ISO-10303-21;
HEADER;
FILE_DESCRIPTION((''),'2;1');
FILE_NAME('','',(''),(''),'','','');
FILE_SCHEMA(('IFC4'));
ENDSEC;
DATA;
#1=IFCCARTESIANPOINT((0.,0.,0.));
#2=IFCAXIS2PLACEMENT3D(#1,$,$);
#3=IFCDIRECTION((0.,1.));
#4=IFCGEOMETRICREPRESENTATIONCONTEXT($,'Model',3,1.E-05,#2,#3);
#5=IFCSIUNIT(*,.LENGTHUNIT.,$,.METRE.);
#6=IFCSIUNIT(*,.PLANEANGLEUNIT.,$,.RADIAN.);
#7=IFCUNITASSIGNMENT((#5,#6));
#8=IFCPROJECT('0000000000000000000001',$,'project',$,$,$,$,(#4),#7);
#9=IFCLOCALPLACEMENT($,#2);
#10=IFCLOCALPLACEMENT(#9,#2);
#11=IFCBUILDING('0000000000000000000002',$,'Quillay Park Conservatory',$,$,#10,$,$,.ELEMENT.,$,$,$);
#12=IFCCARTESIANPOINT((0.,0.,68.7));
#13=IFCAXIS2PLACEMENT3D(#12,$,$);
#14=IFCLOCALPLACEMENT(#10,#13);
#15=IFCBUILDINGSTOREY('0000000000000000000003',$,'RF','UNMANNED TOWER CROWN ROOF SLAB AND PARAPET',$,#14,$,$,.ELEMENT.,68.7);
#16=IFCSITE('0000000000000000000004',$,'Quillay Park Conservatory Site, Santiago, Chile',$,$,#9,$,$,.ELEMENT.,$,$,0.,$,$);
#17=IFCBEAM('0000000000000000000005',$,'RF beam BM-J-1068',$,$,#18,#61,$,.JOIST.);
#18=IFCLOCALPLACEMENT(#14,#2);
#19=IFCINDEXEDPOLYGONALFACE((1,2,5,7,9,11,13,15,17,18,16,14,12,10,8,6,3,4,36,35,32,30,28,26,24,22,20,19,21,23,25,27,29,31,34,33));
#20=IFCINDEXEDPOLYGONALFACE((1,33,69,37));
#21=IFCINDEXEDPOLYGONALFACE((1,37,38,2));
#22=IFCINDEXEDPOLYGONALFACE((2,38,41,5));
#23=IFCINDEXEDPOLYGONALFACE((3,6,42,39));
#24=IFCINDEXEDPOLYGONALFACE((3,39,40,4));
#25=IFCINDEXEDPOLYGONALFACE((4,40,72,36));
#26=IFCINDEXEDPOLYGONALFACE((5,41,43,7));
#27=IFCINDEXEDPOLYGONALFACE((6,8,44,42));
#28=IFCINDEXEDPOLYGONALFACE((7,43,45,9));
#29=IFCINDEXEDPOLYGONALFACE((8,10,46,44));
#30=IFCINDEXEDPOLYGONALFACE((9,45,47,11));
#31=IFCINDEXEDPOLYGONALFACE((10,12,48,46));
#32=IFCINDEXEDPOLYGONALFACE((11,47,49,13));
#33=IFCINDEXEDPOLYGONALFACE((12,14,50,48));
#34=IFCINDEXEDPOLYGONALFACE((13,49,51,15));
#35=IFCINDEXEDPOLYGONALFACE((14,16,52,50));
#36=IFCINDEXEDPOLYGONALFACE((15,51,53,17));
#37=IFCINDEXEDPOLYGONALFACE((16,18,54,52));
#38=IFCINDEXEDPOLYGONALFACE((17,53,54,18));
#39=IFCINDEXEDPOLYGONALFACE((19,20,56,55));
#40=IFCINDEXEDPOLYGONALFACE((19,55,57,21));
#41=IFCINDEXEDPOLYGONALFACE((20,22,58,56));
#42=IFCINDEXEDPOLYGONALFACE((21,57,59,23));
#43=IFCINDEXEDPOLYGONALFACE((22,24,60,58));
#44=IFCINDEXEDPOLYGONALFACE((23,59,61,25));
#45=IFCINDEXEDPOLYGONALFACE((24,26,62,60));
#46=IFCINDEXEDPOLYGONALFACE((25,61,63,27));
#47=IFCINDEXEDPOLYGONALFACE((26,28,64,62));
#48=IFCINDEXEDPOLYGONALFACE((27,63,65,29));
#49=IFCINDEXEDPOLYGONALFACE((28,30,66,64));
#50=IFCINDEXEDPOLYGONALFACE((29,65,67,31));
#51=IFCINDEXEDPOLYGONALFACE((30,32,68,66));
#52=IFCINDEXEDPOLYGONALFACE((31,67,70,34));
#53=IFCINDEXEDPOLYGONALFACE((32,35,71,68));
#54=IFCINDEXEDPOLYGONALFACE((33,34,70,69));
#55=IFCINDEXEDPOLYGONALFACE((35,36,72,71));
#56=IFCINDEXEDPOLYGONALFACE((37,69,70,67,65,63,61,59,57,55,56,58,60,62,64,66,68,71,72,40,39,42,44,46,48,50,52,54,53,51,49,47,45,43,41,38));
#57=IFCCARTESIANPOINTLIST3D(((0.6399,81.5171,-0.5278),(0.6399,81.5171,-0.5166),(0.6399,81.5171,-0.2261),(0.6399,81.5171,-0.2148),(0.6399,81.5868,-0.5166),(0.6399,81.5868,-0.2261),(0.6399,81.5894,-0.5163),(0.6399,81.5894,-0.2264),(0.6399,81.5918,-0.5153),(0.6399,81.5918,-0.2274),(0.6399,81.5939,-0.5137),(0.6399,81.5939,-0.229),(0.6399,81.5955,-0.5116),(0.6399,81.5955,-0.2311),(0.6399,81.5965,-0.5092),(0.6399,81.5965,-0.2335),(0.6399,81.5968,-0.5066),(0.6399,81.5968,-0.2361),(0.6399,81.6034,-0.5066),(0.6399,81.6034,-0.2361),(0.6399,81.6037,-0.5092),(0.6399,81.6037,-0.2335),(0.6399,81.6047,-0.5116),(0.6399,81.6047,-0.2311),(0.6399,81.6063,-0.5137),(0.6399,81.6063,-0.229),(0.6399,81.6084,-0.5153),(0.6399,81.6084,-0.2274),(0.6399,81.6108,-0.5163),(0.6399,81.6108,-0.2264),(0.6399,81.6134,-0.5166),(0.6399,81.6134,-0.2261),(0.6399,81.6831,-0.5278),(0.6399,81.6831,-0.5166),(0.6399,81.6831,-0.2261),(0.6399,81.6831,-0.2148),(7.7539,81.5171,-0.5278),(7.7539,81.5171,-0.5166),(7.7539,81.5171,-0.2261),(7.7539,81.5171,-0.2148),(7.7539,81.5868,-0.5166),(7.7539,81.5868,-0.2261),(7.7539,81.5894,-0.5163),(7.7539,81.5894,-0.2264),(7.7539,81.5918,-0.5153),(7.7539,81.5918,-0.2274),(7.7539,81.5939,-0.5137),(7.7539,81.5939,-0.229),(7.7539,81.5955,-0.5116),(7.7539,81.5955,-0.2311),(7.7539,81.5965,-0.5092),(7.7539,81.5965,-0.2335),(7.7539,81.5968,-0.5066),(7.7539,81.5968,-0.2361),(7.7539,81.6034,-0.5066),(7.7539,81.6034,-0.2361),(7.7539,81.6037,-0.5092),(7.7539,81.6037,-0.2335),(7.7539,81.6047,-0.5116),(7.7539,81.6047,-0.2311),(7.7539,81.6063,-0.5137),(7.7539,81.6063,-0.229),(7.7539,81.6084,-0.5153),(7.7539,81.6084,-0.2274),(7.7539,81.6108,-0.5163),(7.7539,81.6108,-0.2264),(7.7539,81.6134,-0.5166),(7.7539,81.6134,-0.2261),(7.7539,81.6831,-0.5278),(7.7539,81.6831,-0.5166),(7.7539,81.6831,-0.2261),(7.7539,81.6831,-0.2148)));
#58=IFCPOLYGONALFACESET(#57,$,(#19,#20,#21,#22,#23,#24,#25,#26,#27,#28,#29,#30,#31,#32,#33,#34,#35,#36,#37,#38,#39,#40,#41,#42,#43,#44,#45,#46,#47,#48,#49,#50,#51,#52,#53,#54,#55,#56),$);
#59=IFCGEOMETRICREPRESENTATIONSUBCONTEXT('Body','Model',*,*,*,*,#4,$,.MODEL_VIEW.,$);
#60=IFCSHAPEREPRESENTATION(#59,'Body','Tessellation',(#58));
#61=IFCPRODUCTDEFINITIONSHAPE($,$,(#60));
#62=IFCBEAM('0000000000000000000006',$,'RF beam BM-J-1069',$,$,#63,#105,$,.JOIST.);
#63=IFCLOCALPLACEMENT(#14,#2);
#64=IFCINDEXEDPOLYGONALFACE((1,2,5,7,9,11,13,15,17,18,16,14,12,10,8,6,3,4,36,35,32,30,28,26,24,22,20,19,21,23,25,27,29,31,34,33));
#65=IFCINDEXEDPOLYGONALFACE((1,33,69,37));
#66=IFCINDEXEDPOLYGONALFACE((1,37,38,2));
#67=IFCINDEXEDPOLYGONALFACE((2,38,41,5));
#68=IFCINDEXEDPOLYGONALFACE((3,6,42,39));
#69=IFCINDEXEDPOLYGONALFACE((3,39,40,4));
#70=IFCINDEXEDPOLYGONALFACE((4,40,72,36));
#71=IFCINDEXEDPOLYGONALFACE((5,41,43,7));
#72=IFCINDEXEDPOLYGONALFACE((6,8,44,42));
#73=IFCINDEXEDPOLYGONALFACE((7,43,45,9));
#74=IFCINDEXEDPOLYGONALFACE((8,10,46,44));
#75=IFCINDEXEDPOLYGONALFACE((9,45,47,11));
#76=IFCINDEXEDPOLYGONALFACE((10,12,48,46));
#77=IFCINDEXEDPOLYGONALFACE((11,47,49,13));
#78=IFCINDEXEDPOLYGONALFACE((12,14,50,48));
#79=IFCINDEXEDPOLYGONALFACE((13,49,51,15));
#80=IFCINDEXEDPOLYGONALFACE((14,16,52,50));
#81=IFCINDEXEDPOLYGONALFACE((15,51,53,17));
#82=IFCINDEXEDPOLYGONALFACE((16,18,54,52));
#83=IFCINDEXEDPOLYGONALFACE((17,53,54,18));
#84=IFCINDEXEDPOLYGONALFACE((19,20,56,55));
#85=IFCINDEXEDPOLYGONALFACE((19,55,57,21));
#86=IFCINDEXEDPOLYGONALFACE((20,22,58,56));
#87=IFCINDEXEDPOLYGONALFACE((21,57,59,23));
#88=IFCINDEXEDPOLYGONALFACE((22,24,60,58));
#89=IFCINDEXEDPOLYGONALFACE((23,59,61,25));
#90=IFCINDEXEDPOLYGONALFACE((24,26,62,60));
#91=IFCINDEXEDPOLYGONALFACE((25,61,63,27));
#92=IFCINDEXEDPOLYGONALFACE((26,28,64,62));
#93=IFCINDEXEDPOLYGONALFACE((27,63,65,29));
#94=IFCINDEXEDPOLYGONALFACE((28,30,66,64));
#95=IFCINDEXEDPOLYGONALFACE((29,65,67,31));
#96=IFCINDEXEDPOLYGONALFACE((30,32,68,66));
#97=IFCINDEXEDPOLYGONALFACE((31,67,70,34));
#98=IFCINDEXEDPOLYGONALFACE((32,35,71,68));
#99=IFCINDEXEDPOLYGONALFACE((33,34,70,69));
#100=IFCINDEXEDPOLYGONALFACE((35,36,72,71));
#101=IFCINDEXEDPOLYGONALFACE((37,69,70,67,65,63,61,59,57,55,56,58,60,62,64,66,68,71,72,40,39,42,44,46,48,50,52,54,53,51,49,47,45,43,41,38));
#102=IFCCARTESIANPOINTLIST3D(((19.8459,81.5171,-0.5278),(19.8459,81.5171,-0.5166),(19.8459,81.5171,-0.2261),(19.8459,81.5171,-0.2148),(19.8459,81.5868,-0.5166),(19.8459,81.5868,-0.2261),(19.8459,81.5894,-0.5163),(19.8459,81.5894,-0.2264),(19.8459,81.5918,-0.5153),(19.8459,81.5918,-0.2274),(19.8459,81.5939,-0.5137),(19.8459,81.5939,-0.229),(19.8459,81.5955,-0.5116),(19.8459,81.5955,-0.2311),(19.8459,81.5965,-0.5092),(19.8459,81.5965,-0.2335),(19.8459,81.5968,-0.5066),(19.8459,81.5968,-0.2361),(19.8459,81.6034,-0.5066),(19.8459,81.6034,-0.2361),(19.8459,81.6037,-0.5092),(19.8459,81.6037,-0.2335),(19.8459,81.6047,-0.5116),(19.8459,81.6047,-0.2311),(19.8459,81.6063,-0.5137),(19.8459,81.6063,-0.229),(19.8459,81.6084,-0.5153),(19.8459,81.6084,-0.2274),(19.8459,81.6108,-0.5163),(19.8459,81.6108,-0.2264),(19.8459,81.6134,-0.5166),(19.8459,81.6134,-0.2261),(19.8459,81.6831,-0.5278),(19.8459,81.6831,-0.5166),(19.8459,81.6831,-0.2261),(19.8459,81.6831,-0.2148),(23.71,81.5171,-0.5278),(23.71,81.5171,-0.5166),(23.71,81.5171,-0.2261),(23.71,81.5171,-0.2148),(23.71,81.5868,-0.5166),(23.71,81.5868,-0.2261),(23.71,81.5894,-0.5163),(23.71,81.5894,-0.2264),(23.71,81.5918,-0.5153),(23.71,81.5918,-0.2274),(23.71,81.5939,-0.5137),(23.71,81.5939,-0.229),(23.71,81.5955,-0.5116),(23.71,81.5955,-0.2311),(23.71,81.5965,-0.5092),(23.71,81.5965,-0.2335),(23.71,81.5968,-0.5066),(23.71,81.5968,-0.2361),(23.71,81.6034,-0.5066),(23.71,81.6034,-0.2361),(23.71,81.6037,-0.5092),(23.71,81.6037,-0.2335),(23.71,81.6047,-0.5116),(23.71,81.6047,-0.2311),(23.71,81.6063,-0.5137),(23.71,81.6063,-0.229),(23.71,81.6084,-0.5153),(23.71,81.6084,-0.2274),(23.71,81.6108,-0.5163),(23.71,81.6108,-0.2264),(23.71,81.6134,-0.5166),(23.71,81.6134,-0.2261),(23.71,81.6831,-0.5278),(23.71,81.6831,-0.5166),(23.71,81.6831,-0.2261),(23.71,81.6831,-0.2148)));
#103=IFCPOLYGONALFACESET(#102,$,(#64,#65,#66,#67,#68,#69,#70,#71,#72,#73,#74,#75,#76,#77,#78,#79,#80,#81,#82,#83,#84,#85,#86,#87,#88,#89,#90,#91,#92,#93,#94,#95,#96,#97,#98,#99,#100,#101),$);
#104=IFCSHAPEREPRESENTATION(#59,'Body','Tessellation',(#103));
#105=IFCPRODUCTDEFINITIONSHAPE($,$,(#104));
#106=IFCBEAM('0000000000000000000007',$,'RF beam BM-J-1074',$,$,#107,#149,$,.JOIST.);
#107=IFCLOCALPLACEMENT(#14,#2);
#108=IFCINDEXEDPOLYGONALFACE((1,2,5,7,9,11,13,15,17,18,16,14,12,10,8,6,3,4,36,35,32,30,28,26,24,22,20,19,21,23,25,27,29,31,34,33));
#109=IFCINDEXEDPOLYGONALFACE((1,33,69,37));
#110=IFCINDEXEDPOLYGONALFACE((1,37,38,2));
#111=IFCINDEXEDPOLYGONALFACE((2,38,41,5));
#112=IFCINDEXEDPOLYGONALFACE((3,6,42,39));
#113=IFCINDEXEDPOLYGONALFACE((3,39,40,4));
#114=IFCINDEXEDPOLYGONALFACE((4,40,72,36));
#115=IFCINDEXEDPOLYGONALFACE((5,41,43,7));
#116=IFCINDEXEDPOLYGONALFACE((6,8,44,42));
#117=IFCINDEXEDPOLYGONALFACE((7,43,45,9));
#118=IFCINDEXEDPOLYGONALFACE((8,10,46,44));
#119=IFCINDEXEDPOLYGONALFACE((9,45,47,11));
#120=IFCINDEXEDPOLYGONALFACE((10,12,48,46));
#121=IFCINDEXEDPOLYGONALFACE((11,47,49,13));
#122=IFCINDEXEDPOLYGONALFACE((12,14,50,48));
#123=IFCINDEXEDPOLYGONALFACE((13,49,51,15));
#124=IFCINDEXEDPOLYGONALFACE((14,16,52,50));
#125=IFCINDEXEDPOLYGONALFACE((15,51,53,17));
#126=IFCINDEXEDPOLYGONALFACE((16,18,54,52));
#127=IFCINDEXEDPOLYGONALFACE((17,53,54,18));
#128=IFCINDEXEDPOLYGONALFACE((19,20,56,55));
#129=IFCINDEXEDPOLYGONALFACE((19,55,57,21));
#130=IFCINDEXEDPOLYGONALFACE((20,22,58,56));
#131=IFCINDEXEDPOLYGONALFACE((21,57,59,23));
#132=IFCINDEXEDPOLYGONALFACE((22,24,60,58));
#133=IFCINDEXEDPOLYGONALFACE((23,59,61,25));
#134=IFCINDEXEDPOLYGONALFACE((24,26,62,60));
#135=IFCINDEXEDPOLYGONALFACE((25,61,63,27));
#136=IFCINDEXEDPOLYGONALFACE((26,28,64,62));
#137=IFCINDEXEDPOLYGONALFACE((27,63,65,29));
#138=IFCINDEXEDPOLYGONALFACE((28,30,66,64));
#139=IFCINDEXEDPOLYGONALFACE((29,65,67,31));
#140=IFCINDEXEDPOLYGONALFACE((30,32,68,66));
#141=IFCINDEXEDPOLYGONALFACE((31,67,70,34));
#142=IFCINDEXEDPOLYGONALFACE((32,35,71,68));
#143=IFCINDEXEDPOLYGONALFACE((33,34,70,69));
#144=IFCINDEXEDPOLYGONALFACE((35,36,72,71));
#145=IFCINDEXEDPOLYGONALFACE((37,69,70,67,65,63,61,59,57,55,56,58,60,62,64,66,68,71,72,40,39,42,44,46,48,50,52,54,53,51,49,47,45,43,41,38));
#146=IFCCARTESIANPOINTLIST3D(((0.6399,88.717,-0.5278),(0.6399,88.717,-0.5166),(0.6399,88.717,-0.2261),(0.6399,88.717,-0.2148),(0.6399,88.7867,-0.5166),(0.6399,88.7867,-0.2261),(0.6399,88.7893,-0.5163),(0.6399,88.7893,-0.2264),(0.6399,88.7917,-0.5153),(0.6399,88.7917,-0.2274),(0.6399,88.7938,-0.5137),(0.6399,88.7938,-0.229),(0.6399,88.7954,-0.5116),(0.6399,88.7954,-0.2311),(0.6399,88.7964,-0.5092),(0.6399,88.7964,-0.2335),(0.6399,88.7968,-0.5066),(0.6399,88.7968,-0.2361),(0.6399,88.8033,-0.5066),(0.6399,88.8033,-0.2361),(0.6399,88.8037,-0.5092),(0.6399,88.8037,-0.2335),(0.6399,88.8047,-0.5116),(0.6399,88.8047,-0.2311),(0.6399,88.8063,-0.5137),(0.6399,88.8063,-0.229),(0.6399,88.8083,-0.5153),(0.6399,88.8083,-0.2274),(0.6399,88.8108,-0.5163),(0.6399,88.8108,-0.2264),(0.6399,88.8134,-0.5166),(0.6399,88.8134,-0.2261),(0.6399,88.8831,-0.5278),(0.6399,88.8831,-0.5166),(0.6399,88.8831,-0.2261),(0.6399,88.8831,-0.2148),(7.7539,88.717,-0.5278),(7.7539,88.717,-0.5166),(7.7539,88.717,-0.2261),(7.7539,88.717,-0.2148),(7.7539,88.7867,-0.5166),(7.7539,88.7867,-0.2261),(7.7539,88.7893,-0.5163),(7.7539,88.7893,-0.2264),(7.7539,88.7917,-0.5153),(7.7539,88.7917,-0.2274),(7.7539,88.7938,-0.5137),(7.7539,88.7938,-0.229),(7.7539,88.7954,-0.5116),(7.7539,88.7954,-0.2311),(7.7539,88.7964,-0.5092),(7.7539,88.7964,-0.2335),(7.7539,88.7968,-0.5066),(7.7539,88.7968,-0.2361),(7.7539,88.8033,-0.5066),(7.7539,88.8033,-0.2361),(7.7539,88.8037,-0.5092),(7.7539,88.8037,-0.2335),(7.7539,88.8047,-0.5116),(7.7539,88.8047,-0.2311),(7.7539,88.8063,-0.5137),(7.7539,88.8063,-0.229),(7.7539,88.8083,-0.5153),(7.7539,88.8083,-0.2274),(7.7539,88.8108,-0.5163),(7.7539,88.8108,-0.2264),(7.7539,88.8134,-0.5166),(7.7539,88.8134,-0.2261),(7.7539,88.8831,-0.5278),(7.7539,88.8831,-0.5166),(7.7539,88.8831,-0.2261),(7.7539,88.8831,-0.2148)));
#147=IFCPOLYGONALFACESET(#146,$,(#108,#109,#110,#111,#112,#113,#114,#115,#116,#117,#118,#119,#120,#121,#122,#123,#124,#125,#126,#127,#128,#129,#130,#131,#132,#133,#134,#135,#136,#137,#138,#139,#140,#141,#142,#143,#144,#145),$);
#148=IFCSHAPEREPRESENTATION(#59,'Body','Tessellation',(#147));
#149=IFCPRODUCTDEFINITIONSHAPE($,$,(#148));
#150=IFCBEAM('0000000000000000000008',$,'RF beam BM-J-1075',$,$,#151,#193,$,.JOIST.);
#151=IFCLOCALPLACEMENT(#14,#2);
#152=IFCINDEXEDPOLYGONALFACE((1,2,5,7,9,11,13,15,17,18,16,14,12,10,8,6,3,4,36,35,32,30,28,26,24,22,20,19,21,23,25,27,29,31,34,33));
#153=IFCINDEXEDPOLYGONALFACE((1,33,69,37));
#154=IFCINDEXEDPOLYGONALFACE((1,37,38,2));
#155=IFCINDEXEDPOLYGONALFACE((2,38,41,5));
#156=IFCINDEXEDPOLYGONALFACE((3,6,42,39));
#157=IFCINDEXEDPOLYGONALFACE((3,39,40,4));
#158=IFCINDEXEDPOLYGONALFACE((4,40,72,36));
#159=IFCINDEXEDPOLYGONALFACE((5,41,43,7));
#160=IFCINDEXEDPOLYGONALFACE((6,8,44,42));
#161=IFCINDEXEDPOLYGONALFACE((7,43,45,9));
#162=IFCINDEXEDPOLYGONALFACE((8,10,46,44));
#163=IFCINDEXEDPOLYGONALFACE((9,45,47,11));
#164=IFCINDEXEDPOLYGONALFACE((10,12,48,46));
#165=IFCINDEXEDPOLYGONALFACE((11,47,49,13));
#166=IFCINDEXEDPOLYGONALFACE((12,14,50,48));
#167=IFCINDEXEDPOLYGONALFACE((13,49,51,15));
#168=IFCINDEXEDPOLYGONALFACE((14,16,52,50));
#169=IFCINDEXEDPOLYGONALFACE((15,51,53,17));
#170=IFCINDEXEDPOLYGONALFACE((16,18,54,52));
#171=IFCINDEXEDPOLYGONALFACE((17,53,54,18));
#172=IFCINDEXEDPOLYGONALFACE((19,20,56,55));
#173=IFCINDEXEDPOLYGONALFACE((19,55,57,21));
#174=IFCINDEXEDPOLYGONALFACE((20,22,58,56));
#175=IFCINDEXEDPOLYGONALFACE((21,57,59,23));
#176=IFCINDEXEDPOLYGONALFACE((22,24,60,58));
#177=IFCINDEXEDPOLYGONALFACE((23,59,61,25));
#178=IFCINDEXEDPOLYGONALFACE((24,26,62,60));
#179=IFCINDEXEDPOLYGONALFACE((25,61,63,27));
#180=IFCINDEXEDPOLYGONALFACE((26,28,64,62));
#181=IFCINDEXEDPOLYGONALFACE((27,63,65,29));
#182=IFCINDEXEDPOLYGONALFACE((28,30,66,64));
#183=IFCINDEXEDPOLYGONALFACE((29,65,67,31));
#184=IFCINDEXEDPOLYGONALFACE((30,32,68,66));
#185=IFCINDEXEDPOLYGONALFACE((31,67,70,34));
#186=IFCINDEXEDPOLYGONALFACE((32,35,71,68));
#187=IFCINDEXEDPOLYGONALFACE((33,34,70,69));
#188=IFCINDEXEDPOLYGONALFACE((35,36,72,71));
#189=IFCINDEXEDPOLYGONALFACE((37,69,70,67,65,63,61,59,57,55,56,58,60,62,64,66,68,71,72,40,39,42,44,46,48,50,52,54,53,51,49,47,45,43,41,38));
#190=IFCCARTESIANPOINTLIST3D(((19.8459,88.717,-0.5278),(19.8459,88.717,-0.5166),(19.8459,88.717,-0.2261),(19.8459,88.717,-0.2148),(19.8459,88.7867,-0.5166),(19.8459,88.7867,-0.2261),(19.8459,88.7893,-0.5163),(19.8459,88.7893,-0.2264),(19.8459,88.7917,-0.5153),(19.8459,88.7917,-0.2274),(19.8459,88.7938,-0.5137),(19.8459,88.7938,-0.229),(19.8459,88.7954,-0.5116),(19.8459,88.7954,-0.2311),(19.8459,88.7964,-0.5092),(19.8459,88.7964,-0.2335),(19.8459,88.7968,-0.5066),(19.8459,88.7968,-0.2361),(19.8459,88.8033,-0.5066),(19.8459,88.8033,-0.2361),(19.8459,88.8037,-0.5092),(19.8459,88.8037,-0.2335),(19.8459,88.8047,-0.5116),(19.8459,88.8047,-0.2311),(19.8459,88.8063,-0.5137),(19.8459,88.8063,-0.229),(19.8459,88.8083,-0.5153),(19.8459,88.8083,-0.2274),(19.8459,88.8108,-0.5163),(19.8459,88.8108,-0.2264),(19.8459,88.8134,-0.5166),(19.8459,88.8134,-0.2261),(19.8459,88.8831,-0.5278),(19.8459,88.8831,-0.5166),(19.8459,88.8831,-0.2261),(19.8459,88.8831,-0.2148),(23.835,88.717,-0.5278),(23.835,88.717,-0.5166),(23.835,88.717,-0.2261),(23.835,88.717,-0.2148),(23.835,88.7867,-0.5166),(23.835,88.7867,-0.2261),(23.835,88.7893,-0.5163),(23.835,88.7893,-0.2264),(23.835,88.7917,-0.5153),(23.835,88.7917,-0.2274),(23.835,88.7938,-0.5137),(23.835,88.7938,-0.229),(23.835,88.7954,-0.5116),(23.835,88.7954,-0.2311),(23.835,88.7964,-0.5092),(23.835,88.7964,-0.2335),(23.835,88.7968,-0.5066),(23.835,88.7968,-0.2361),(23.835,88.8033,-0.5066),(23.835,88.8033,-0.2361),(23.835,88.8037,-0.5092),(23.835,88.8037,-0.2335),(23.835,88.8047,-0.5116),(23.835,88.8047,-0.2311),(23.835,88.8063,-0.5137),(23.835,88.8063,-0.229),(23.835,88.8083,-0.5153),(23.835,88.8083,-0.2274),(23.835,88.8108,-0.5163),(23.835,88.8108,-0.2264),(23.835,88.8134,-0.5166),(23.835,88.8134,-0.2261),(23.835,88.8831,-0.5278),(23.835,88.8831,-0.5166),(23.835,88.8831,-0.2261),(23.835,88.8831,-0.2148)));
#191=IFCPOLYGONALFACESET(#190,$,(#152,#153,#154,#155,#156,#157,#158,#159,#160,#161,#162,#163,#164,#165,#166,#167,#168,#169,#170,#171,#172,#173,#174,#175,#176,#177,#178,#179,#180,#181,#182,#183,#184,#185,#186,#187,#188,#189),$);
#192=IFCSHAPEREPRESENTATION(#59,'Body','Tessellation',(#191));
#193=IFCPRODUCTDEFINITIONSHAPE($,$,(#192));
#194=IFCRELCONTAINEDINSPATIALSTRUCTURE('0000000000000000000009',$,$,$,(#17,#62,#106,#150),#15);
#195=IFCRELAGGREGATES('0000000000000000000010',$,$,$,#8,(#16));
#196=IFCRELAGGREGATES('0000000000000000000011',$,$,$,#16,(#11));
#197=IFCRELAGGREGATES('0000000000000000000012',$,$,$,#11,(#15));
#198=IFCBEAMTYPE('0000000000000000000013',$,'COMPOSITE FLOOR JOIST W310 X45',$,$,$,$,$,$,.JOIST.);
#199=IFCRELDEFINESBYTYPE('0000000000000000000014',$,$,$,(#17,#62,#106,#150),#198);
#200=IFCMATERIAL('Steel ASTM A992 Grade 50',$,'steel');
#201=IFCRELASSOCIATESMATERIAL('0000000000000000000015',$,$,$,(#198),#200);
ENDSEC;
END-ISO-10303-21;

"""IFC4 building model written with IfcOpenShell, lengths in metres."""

from ifc_helpers import new_model, si_unit, direction, frame, origin, origin_2d, place, context, subcontext, project, spatial, i_section, extrude, material, material_profile, profile_set, type_object, element, save


model = new_model("IFC4")

# Units and contexts
model_context = context("Model", 3, precision=1e-05, world=origin(), true_north=direction((0.0, 1.0)))
body_context = subcontext(model_context, "Body", "Model", "MODEL_VIEW")
ifc_project = project(units=[si_unit("LENGTHUNIT", "METRE"), si_unit("PLANEANGLEUNIT", "RADIAN")], contexts=[model_context])

# Site, building, storey
site_placement = place(None, origin())
site = spatial("IfcSite", under=ifc_project, at=site_placement, Name="Quillay Park Conservatory Site, Santiago, Chile", CompositionType="ELEMENT", RefElevation=0.0)
building_placement = place(site_placement, origin())
building = spatial("IfcBuilding", under=site, at=building_placement, Name="Quillay Park Conservatory", CompositionType="ELEMENT")
storey_placement = place(building_placement, frame((0.0, 0.0, 68.7)))
storey = spatial("IfcBuildingStorey", under=building, at=storey_placement, Name="RF", Description="UNMANNED TOWER CROWN ROOF SLAB AND PARAPET", CompositionType="ELEMENT", Elevation=68.7)

# Beams
ifc_material_1 = material(Name="Steel ASTM A992 Grade 50", Category="steel")
ifc_material_profile_1 = material_profile(ifc_material_1, i_section(OverallWidth=0.166, OverallDepth=0.313, WebThickness=0.0066, FlangeThickness=0.0112, FilletRadius=0.01, at=origin_2d()), Name="W310x45")
ifc_profile_set_1 = profile_set([ifc_material_profile_1], Name="Steel ASTM A992 Grade 50")
beam_type_1 = type_object("IfcBeamType", Name="COMPOSITE FLOOR JOIST W310 X45", PredefinedType="JOIST", material=ifc_profile_set_1)
beam_1_placement = place(storey_placement, frame((0.6399, 81.6001, -0.3713), z_axis=(1.0, 0.0, 0.0), x_axis=(0.0, 1.0, 0.0)))
element("IfcBeam", 1, at=beam_1_placement, inside=storey, type_object=beam_type_1, Name="RF beam BM-J-1068", PredefinedType="JOIST", context=body_context, shape_type="SweptSolid", body=[
    extrude(i_section(OverallWidth=0.166, OverallDepth=0.313, WebThickness=0.0066, FlangeThickness=0.0112, FilletRadius=0.01, at=origin_2d()), origin(), (0.0, 0.0, 1.0), 7.114),
])
beam_2_placement = place(storey_placement, frame((19.8459, 81.6001, -0.3713), z_axis=(1.0, 0.0, 0.0), x_axis=(0.0, 1.0, 0.0)))
element("IfcBeam", 2, at=beam_2_placement, inside=storey, type_object=beam_type_1, Name="RF beam BM-J-1069", PredefinedType="JOIST", context=body_context, shape_type="SweptSolid", body=[
    extrude(i_section(OverallWidth=0.166, OverallDepth=0.313, WebThickness=0.0066, FlangeThickness=0.0112, FilletRadius=0.01, at=origin_2d()), origin(), (0.0, 0.0, 1.0), 3.864),
])
beam_3_placement = place(storey_placement, frame((0.6399, 88.8, -0.3713), z_axis=(1.0, 0.0, 0.0), x_axis=(0.0, 1.0, 0.0)))
element("IfcBeam", 3, at=beam_3_placement, inside=storey, type_object=beam_type_1, Name="RF beam BM-J-1074", PredefinedType="JOIST", context=body_context, shape_type="SweptSolid", body=[
    extrude(i_section(OverallWidth=0.166, OverallDepth=0.313, WebThickness=0.0066, FlangeThickness=0.0112, FilletRadius=0.01, at=origin_2d()), origin(), (0.0, 0.0, 1.0), 7.114),
])
beam_4_placement = place(storey_placement, frame((19.8459, 88.8, -0.3713), z_axis=(1.0, 0.0, 0.0), x_axis=(0.0, 1.0, 0.0)))
element("IfcBeam", 4, at=beam_4_placement, inside=storey, type_object=beam_type_1, Name="RF beam BM-J-1075", PredefinedType="JOIST", context=body_context, shape_type="SweptSolid", body=[
    extrude(i_section(OverallWidth=0.166, OverallDepth=0.313, WebThickness=0.0066, FlangeThickness=0.0112, FilletRadius=0.01, at=origin_2d()), origin(), (0.0, 0.0, 1.0), 3.989),
])

save(model, "model.ifc")
